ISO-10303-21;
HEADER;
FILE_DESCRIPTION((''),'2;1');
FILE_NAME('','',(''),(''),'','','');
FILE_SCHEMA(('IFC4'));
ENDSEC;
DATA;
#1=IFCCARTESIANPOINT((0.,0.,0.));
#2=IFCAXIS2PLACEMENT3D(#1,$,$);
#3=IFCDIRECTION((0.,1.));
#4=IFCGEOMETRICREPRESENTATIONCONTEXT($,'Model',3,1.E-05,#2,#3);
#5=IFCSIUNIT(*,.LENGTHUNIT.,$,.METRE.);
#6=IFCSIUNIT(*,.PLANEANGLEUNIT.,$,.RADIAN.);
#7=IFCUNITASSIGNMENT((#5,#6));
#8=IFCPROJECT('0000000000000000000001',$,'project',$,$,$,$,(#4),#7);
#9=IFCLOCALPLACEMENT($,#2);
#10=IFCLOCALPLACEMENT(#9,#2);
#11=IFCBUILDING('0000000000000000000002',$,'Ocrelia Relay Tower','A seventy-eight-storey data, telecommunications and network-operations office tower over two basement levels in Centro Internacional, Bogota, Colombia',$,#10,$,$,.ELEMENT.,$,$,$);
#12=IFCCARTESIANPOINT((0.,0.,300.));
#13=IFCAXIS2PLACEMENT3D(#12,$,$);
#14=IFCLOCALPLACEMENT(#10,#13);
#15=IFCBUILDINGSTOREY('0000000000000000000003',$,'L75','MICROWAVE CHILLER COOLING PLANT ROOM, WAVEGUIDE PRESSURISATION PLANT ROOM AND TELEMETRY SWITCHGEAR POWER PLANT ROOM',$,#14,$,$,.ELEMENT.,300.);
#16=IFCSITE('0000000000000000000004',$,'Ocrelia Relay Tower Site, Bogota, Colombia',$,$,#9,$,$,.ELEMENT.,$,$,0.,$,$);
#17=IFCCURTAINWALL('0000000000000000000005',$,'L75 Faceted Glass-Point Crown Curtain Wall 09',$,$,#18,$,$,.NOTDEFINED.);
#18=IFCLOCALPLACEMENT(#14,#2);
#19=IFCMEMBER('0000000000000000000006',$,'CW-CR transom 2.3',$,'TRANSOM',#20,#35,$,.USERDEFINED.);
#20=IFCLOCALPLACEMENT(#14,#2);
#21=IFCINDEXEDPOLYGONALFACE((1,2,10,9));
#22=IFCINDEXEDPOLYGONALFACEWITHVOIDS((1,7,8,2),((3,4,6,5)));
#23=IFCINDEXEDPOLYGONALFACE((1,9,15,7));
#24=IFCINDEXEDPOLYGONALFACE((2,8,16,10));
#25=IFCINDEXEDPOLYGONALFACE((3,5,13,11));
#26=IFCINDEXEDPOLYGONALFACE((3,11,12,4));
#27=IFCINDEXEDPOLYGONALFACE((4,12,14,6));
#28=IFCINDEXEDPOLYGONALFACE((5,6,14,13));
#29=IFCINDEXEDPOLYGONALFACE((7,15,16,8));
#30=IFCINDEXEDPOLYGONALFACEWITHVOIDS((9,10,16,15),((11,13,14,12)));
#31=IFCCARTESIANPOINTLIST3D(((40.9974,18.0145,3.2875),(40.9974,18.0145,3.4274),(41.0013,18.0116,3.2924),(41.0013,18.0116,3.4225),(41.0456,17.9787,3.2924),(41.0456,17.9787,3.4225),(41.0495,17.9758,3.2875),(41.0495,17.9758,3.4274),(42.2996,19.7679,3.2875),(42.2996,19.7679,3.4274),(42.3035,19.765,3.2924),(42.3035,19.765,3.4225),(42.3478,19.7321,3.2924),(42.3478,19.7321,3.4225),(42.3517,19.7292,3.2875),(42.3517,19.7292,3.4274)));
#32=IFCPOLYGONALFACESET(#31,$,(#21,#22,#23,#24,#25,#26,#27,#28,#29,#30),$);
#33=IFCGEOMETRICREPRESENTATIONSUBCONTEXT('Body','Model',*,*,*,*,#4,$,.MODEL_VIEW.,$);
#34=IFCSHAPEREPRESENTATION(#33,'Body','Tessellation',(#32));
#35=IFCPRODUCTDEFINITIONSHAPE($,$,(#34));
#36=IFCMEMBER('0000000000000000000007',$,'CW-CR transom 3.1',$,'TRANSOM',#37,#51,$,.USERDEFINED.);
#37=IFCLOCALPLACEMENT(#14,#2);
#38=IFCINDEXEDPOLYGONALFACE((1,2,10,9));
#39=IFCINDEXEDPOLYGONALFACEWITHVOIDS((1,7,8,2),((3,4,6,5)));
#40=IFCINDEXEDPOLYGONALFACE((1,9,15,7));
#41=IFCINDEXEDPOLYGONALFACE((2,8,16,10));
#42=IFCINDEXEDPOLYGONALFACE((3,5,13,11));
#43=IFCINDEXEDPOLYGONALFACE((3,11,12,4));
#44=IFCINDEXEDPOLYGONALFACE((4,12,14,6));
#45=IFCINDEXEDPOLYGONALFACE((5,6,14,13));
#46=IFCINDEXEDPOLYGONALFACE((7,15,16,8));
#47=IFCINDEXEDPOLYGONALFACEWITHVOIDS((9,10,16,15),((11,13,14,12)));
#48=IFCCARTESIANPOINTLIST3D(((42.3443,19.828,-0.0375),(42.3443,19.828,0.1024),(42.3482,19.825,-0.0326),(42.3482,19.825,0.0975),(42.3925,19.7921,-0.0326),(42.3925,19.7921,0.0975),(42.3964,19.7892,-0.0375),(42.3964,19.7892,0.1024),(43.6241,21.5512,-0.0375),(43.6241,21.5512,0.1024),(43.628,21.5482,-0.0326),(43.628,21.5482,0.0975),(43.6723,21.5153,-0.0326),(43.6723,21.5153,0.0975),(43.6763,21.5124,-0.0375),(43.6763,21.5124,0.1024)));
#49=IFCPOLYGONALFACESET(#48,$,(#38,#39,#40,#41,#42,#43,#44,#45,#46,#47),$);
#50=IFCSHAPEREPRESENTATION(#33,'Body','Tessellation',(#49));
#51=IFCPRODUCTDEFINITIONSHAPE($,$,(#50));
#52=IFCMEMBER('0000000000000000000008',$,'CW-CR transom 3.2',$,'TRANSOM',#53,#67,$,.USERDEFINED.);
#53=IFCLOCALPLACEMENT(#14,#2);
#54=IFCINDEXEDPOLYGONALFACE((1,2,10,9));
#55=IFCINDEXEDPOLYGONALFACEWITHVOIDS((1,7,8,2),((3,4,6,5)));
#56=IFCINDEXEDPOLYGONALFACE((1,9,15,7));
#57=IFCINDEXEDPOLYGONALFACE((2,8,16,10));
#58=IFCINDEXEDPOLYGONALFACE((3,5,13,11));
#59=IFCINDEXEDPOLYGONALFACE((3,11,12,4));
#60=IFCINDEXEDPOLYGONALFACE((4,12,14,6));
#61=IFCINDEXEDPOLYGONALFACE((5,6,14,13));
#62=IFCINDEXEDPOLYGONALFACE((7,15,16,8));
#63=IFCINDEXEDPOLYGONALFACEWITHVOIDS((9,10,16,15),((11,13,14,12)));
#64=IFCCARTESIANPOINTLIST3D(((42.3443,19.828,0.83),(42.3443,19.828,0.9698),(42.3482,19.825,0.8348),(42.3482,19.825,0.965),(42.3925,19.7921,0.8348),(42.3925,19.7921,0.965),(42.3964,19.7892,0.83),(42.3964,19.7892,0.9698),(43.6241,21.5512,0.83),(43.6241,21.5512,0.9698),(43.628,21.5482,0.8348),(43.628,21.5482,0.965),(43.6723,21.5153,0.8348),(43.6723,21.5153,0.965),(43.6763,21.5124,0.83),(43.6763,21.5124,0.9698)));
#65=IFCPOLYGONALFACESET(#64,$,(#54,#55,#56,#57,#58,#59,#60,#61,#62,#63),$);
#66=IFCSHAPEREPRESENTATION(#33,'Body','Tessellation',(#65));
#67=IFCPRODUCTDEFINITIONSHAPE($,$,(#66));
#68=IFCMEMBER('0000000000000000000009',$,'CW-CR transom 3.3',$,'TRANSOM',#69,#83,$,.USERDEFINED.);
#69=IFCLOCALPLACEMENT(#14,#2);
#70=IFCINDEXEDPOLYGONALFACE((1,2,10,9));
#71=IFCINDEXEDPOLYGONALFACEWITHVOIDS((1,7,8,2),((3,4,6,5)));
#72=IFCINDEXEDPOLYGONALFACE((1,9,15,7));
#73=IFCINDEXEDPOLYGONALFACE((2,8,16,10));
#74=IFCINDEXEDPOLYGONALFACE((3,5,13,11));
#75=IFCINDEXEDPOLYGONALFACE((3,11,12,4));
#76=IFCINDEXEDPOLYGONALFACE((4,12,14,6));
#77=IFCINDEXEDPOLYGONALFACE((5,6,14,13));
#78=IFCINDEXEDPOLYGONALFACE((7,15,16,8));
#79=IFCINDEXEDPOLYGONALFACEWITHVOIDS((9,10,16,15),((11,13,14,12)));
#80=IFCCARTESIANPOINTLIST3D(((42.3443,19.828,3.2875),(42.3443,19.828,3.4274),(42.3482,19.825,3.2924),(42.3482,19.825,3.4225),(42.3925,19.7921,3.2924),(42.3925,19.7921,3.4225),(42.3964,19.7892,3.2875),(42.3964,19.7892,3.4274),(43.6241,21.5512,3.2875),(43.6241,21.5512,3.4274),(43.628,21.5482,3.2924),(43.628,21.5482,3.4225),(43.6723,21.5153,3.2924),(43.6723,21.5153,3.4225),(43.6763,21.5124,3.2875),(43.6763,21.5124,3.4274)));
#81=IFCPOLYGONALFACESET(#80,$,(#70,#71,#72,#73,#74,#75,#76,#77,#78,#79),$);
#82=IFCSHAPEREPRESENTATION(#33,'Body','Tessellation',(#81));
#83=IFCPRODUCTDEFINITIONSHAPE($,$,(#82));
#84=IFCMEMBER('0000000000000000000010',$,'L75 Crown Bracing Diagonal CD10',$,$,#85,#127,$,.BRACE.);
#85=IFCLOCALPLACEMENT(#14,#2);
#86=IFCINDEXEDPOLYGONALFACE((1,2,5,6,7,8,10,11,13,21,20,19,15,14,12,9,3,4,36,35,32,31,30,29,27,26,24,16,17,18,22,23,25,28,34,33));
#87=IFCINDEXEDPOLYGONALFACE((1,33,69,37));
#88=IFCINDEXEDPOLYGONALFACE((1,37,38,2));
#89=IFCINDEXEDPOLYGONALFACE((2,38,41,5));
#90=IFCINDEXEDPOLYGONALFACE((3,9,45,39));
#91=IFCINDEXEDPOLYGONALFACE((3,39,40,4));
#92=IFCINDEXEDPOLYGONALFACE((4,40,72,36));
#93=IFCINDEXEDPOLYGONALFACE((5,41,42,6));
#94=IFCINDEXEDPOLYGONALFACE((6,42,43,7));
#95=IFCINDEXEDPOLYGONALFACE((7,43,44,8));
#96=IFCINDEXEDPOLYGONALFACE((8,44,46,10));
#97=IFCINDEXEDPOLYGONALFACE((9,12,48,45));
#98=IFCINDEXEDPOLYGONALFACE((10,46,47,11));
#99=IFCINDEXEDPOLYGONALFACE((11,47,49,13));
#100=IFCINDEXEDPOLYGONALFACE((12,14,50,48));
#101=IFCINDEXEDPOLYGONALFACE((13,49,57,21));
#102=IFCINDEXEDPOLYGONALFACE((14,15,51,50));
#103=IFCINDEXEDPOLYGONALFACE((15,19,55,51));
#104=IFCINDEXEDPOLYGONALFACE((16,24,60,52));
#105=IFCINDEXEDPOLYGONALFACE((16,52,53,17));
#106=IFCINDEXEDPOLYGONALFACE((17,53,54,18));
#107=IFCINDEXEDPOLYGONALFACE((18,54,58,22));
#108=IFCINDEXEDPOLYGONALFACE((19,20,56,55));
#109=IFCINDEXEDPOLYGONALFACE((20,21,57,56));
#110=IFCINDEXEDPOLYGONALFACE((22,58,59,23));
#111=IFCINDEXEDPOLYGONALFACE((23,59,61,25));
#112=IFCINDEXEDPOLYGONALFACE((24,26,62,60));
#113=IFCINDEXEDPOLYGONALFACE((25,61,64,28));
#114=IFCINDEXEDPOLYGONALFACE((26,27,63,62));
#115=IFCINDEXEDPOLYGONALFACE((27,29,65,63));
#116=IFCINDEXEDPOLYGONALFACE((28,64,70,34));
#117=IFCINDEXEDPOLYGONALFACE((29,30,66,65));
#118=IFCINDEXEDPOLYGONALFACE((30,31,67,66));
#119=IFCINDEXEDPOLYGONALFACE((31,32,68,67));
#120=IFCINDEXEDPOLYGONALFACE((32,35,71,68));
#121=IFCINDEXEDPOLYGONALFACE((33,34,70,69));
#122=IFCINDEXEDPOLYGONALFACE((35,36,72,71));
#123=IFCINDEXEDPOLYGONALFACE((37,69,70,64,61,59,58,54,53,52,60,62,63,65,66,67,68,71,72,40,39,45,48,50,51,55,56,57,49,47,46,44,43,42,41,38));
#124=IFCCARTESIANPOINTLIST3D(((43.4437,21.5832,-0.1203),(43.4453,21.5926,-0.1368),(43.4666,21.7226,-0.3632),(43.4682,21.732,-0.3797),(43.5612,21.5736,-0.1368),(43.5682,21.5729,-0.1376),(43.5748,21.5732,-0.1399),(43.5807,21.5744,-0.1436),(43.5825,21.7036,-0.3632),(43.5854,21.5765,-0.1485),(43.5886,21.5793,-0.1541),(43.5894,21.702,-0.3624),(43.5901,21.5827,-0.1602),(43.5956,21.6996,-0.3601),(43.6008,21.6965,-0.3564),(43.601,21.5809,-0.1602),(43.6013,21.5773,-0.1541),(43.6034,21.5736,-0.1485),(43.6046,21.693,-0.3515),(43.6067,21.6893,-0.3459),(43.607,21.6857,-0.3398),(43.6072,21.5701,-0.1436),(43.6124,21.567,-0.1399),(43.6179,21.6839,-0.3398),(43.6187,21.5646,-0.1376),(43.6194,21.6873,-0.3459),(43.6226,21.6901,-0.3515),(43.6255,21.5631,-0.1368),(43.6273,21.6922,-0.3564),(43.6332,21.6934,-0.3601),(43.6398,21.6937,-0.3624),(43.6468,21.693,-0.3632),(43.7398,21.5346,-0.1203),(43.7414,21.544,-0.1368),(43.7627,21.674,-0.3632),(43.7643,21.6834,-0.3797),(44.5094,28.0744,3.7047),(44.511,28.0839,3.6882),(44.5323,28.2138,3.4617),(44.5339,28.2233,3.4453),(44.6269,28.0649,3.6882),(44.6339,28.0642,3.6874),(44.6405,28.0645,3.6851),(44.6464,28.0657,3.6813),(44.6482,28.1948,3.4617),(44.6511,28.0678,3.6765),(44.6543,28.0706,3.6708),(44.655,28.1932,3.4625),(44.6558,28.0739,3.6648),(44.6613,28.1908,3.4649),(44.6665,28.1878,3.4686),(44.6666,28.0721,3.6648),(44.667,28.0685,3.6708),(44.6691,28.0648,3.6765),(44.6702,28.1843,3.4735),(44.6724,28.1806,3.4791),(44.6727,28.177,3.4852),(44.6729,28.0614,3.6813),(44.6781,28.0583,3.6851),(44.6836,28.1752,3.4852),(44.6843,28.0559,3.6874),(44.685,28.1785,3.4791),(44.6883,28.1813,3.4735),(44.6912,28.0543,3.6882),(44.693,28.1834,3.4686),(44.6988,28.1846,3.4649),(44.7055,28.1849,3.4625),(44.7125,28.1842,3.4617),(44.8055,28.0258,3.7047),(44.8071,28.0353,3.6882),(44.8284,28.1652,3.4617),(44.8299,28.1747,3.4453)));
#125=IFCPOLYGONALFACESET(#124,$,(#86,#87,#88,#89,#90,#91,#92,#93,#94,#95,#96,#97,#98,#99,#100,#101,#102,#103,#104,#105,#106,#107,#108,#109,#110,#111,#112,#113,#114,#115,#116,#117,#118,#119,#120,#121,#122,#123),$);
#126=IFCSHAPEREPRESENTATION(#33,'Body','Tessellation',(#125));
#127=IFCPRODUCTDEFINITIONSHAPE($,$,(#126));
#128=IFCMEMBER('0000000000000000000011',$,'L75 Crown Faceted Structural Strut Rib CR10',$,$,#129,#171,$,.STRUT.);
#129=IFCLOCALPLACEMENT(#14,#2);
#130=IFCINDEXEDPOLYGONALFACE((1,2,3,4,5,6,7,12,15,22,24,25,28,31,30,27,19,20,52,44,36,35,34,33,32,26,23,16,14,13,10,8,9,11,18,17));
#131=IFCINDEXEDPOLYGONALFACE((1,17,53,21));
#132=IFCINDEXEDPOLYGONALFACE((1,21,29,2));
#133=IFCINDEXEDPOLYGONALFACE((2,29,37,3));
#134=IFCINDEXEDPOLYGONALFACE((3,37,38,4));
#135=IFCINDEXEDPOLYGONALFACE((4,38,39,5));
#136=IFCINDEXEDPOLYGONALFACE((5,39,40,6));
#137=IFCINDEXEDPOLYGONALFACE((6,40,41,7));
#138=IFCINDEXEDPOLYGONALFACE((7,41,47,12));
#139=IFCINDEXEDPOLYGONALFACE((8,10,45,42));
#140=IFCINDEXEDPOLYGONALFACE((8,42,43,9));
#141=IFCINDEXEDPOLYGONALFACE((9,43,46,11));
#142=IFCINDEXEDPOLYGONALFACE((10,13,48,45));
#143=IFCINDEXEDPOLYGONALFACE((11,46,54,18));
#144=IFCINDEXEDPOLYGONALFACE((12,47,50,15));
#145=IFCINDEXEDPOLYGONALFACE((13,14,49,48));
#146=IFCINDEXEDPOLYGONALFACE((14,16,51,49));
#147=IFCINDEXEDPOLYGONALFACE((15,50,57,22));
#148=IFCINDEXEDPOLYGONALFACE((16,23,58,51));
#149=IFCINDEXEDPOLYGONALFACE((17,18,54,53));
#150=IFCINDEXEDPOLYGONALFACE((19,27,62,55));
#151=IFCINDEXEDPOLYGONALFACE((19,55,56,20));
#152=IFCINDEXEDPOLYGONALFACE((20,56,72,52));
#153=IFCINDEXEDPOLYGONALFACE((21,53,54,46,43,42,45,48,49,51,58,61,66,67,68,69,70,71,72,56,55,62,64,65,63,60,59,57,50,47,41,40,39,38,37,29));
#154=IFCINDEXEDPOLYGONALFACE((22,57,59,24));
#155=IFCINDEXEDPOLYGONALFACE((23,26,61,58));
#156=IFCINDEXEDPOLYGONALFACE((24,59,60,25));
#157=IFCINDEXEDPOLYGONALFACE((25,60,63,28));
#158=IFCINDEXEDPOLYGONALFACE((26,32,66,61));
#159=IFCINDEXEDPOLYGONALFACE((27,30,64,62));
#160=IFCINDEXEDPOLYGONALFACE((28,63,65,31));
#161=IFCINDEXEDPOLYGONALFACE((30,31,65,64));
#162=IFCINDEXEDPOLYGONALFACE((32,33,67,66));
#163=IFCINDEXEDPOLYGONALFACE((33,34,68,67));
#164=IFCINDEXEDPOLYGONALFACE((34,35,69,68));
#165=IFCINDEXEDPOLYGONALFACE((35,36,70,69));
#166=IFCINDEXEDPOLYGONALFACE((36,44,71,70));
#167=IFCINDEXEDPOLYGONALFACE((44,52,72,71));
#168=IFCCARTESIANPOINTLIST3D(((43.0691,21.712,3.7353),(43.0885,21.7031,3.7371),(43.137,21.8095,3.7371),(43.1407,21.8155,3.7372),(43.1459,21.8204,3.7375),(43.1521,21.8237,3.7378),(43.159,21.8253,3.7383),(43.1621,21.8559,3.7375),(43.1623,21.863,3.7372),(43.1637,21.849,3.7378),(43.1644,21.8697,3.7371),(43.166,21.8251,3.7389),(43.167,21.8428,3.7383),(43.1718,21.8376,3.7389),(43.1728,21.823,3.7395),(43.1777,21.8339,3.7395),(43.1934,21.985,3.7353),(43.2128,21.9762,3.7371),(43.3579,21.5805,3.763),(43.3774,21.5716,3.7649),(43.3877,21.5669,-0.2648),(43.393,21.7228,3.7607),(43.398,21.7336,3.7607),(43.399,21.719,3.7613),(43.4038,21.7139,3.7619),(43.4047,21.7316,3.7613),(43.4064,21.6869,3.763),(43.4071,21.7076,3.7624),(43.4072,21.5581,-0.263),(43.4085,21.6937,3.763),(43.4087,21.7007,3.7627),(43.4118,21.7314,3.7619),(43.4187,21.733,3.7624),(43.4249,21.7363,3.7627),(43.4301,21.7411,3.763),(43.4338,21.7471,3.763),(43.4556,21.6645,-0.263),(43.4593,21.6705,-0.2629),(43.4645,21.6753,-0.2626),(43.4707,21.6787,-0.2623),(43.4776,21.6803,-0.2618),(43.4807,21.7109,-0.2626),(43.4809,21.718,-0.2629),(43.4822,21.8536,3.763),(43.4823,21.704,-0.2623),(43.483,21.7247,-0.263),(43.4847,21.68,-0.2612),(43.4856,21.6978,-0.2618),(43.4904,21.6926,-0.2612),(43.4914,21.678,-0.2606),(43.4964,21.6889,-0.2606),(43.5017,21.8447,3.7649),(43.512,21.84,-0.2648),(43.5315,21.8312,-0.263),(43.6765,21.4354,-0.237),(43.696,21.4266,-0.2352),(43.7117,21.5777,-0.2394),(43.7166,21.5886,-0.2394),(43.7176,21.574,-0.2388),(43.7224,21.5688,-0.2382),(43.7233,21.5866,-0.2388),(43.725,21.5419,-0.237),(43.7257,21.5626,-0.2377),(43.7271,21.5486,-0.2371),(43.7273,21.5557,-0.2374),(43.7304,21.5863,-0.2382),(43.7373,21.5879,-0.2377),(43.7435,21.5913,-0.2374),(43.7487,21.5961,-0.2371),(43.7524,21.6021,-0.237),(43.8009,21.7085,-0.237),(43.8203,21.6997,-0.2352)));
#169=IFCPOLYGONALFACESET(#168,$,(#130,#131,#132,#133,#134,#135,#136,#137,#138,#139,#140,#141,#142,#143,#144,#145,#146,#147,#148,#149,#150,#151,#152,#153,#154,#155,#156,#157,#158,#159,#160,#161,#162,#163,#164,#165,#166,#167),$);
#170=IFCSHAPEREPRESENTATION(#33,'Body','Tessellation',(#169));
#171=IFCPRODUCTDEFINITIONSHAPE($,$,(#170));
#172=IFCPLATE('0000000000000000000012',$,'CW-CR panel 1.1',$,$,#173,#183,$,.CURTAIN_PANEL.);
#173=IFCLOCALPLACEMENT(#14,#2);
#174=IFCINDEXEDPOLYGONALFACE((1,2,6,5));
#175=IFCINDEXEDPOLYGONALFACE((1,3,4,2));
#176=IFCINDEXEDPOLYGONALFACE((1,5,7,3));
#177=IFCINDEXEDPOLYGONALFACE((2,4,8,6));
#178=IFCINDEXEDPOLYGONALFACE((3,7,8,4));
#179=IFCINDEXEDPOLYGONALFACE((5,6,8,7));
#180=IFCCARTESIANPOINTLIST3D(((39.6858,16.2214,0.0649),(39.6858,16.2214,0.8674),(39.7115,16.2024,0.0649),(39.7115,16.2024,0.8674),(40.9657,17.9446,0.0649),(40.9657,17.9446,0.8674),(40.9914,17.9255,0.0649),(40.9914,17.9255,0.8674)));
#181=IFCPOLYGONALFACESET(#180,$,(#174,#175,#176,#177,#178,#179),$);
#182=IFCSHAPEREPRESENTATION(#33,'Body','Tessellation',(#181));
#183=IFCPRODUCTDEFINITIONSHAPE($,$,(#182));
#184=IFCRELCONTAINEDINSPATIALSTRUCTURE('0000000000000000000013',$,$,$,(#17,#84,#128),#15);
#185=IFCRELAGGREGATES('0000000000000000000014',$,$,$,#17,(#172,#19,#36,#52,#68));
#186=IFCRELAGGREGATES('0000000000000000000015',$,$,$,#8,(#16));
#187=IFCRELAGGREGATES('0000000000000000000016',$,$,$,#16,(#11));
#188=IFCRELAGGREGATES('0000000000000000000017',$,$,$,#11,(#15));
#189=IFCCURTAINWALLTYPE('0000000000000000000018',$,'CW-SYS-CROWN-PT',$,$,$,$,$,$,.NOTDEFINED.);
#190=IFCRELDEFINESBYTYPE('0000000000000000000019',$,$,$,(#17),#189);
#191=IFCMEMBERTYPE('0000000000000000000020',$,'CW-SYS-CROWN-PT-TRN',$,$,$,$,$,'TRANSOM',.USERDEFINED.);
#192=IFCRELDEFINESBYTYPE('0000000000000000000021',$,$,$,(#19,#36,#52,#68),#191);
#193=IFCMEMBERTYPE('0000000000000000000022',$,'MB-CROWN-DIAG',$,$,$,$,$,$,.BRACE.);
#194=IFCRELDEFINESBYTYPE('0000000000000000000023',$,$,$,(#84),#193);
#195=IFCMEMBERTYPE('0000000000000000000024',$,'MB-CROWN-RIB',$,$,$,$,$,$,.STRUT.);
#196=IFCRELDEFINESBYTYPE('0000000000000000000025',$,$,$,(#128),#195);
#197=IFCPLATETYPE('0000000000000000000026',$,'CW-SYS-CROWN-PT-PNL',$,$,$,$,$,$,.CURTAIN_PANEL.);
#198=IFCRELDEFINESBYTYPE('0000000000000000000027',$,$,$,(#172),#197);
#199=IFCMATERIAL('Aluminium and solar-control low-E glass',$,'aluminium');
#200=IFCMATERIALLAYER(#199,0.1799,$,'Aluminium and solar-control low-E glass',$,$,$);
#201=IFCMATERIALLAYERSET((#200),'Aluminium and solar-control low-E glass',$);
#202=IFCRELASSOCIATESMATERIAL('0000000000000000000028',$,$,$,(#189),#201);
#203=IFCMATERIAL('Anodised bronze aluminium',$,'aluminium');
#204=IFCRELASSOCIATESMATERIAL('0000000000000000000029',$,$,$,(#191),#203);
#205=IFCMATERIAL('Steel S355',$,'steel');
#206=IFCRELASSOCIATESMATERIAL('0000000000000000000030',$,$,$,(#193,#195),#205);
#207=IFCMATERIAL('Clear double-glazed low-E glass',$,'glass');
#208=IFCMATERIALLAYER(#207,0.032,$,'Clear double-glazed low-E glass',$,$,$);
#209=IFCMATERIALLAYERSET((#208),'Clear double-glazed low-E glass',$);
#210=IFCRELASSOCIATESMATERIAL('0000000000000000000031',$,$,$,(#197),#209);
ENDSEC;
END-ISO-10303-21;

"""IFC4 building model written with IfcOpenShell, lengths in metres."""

from ifc_helpers import new_model, si_unit, direction, frame, origin, origin_2d, place, context, subcontext, project, spatial, rectangle, hollow_rectangle, i_section, extrude, material, layer, layer_set, material_profile, profile_set, type_object, element, aggregate, save


model = new_model("IFC4")

# Units and contexts
model_context = context("Model", 3, precision=1e-05, world=origin(), true_north=direction((0.0, 1.0)))
body_context = subcontext(model_context, "Body", "Model", "MODEL_VIEW")
ifc_project = project(units=[si_unit("LENGTHUNIT", "METRE"), si_unit("PLANEANGLEUNIT", "RADIAN")], contexts=[model_context])

# Site, building, storey
site_placement = place(None, origin())
site = spatial("IfcSite", under=ifc_project, at=site_placement, Name="Ocrelia Relay Tower Site, Bogota, Colombia", CompositionType="ELEMENT", RefElevation=0.0)
building_placement = place(site_placement, origin())
building = spatial("IfcBuilding", under=site, at=building_placement, Name="Ocrelia Relay Tower", Description="A seventy-eight-storey data, telecommunications and network-operations office tower over two basement levels in Centro Internacional, Bogota, Colombia", CompositionType="ELEMENT")
storey_placement = place(building_placement, frame((0.0, 0.0, 300.0)))
storey = spatial("IfcBuildingStorey", under=building, at=storey_placement, Name="L75", Description="MICROWAVE CHILLER COOLING PLANT ROOM, WAVEGUIDE PRESSURISATION PLANT ROOM AND TELEMETRY SWITCHGEAR POWER PLANT ROOM", CompositionType="ELEMENT", Elevation=300.0)

# Shared definitions
ifc_material_1 = material(Name="Steel S355", Category="steel")

# Curtain wall, members
ifc_material_2 = material(Name="Aluminium and solar-control low-E glass", Category="aluminium")
ifc_layer_1 = layer(ifc_material_2, 0.1799, Name="Aluminium and solar-control low-E glass")
ifc_layer_set_1 = layer_set([ifc_layer_1], Name="Aluminium and solar-control low-E glass")
curtain_wall_type = type_object("IfcCurtainWallType", Name="CW-SYS-CROWN-PT", PredefinedType="NOTDEFINED", material=ifc_layer_set_1)
curtain_wall_placement = place(storey_placement, origin())
curtain_wall = element("IfcCurtainWall", 1, at=curtain_wall_placement, inside=storey, type_object=curtain_wall_type, Name="L75 Faceted Glass-Point Crown Curtain Wall 09", PredefinedType="NOTDEFINED")
ifc_material_3 = material(Name="Anodised bronze aluminium", Category="aluminium")
ifc_material_profile_1 = material_profile(ifc_material_3, hollow_rectangle(XDim=0.0649, YDim=0.1399, WallThickness=0.0049, at=origin_2d()), Name="CW-TRN-140x65")
ifc_profile_set_1 = profile_set([ifc_material_profile_1], Name="Anodised bronze aluminium")
member_type_1 = type_object("IfcMemberType", Name="CW-SYS-CROWN-PT-TRN", ElementType="TRANSOM", PredefinedType="USERDEFINED", material=ifc_profile_set_1)
member_1_placement = place(storey_placement, frame((41.0234, 17.9951, 3.3574), z_axis=(0.596238, 0.802808, 0.0), x_axis=(-0.802808, 0.596238, 0.0)))
member_1 = element("IfcMember", 2, at=member_1_placement, type_object=member_type_1, Name="CW-CR transom 2.3", ObjectType="TRANSOM", PredefinedType="USERDEFINED", context=body_context, shape_type="SweptSolid", body=[
    extrude(hollow_rectangle(XDim=0.0649, YDim=0.1399, WallThickness=0.0049, at=origin_2d()), origin(), (0.0, 0.0, 1.0), 2.1841),
])
member_2_placement = place(storey_placement, frame((42.3704, 19.8086, 0.0325), z_axis=(0.596244, 0.802803, 0.0), x_axis=(-0.802803, 0.596244, 0.0)))
member_2 = element("IfcMember", 3, at=member_2_placement, type_object=member_type_1, Name="CW-CR transom 3.1", ObjectType="TRANSOM", PredefinedType="USERDEFINED", context=body_context, shape_type="SweptSolid", body=[
    extrude(hollow_rectangle(XDim=0.0649, YDim=0.1399, WallThickness=0.0049, at=origin_2d()), origin(), (0.0, 0.0, 1.0), 2.1465),
])
member_3_placement = place(storey_placement, frame((42.3704, 19.8086, 0.8999), z_axis=(0.596244, 0.802803, 0.0), x_axis=(-0.802803, 0.596244, 0.0)))
member_3 = element("IfcMember", 4, at=member_3_placement, type_object=member_type_1, Name="CW-CR transom 3.2", ObjectType="TRANSOM", PredefinedType="USERDEFINED", context=body_context, shape_type="SweptSolid", body=[
    extrude(hollow_rectangle(XDim=0.0649, YDim=0.1399, WallThickness=0.0049, at=origin_2d()), origin(), (0.0, 0.0, 1.0), 2.1465),
])
member_4_placement = place(storey_placement, frame((42.3704, 19.8086, 3.3574), z_axis=(0.596244, 0.802803, 0.0), x_axis=(-0.802803, 0.596244, 0.0)))
member_4 = element("IfcMember", 5, at=member_4_placement, type_object=member_type_1, Name="CW-CR transom 3.3", ObjectType="TRANSOM", PredefinedType="USERDEFINED", context=body_context, shape_type="SweptSolid", body=[
    extrude(hollow_rectangle(XDim=0.0649, YDim=0.1399, WallThickness=0.0049, at=origin_2d()), origin(), (0.0, 0.0, 1.0), 2.1465),
])

# Members
ifc_material_profile_2 = material_profile(ifc_material_1, i_section(OverallWidth=0.3, OverallDepth=0.3, WebThickness=0.011, FlangeThickness=0.019, FilletRadius=0.0271, at=origin_2d()), Name="HEB 300")
ifc_profile_set_2 = profile_set([ifc_material_profile_2], Name="Steel S355")
member_type_2 = type_object("IfcMemberType", Name="MB-CROWN-DIAG", PredefinedType="BRACE", material=ifc_profile_set_2)
member_5_placement = place(storey_placement, frame((43.604, 21.6333, -0.25), z_axis=(0.140049, 0.853061, 0.502667), x_axis=(-0.98679, 0.162003, 0.0)))
element("IfcMember", 6, at=member_5_placement, inside=storey, type_object=member_type_2, Name="L75 Crown Bracing Diagonal CD10", PredefinedType="BRACE", context=body_context, shape_type="SweptSolid", body=[
    extrude(i_section(OverallWidth=0.3, OverallDepth=0.3, WebThickness=0.011, FlangeThickness=0.019, FilletRadius=0.0271, at=origin_2d()), origin(), (0.0, 0.0, 1.0), 7.6094),
])
ifc_material_profile_3 = material_profile(ifc_material_1, i_section(OverallWidth=0.3, OverallDepth=0.3401, WebThickness=0.012, FlangeThickness=0.0215, FilletRadius=0.0271, at=origin_2d()), Name="HEB 340")
ifc_profile_set_3 = profile_set([ifc_material_profile_3], Name="Steel S355")
member_type_3 = type_object("IfcMemberType", Name="MB-CROWN-RIB", PredefinedType="STRUT", material=ifc_profile_set_3)
member_6_placement = place(storey_placement, frame((43.604, 21.6333, -0.25), z_axis=(-0.079348, 0.036117, 0.996193), x_axis=(-0.414276, -0.910151, 0.0)))
element("IfcMember", 7, at=member_6_placement, inside=storey, type_object=member_type_3, Name="L75 Crown Faceted Structural Strut Rib CR10", PredefinedType="STRUT", context=body_context, shape_type="SweptSolid", body=[
    extrude(i_section(OverallWidth=0.3, OverallDepth=0.3401, WebThickness=0.012, FlangeThickness=0.0215, FilletRadius=0.0271, at=origin_2d()), origin(), (0.0, 0.0, 1.0), 4.0154),
])

# Plate
ifc_material_4 = material(Name="Clear double-glazed low-E glass", Category="glass")
ifc_layer_2 = layer(ifc_material_4, 0.032, Name="Clear double-glazed low-E glass")
ifc_layer_set_2 = layer_set([ifc_layer_2], Name="Clear double-glazed low-E glass")
plate_type = type_object("IfcPlateType", Name="CW-SYS-CROWN-PT-PNL", PredefinedType="CURTAIN_PANEL", material=ifc_layer_set_2)
plate_1_placement = place(storey_placement, frame((40.3386, 17.0735, 0.0649), z_axis=(0.0, 0.0, 1.0), x_axis=(0.59628, 0.802777, 0.0)))
plate_1 = element("IfcPlate", 8, at=plate_1_placement, type_object=plate_type, Name="CW-CR panel 1.1", PredefinedType="CURTAIN_PANEL", context=body_context, shape_type="SweptSolid", body=[
    extrude(rectangle(XDim=2.1465, YDim=0.032, at=origin_2d()), origin(), (0.0, 0.0, 1.0), 0.8025),
])
aggregate(curtain_wall, [plate_1, member_1, member_2, member_3, member_4])

save(model, "model.ifc")
